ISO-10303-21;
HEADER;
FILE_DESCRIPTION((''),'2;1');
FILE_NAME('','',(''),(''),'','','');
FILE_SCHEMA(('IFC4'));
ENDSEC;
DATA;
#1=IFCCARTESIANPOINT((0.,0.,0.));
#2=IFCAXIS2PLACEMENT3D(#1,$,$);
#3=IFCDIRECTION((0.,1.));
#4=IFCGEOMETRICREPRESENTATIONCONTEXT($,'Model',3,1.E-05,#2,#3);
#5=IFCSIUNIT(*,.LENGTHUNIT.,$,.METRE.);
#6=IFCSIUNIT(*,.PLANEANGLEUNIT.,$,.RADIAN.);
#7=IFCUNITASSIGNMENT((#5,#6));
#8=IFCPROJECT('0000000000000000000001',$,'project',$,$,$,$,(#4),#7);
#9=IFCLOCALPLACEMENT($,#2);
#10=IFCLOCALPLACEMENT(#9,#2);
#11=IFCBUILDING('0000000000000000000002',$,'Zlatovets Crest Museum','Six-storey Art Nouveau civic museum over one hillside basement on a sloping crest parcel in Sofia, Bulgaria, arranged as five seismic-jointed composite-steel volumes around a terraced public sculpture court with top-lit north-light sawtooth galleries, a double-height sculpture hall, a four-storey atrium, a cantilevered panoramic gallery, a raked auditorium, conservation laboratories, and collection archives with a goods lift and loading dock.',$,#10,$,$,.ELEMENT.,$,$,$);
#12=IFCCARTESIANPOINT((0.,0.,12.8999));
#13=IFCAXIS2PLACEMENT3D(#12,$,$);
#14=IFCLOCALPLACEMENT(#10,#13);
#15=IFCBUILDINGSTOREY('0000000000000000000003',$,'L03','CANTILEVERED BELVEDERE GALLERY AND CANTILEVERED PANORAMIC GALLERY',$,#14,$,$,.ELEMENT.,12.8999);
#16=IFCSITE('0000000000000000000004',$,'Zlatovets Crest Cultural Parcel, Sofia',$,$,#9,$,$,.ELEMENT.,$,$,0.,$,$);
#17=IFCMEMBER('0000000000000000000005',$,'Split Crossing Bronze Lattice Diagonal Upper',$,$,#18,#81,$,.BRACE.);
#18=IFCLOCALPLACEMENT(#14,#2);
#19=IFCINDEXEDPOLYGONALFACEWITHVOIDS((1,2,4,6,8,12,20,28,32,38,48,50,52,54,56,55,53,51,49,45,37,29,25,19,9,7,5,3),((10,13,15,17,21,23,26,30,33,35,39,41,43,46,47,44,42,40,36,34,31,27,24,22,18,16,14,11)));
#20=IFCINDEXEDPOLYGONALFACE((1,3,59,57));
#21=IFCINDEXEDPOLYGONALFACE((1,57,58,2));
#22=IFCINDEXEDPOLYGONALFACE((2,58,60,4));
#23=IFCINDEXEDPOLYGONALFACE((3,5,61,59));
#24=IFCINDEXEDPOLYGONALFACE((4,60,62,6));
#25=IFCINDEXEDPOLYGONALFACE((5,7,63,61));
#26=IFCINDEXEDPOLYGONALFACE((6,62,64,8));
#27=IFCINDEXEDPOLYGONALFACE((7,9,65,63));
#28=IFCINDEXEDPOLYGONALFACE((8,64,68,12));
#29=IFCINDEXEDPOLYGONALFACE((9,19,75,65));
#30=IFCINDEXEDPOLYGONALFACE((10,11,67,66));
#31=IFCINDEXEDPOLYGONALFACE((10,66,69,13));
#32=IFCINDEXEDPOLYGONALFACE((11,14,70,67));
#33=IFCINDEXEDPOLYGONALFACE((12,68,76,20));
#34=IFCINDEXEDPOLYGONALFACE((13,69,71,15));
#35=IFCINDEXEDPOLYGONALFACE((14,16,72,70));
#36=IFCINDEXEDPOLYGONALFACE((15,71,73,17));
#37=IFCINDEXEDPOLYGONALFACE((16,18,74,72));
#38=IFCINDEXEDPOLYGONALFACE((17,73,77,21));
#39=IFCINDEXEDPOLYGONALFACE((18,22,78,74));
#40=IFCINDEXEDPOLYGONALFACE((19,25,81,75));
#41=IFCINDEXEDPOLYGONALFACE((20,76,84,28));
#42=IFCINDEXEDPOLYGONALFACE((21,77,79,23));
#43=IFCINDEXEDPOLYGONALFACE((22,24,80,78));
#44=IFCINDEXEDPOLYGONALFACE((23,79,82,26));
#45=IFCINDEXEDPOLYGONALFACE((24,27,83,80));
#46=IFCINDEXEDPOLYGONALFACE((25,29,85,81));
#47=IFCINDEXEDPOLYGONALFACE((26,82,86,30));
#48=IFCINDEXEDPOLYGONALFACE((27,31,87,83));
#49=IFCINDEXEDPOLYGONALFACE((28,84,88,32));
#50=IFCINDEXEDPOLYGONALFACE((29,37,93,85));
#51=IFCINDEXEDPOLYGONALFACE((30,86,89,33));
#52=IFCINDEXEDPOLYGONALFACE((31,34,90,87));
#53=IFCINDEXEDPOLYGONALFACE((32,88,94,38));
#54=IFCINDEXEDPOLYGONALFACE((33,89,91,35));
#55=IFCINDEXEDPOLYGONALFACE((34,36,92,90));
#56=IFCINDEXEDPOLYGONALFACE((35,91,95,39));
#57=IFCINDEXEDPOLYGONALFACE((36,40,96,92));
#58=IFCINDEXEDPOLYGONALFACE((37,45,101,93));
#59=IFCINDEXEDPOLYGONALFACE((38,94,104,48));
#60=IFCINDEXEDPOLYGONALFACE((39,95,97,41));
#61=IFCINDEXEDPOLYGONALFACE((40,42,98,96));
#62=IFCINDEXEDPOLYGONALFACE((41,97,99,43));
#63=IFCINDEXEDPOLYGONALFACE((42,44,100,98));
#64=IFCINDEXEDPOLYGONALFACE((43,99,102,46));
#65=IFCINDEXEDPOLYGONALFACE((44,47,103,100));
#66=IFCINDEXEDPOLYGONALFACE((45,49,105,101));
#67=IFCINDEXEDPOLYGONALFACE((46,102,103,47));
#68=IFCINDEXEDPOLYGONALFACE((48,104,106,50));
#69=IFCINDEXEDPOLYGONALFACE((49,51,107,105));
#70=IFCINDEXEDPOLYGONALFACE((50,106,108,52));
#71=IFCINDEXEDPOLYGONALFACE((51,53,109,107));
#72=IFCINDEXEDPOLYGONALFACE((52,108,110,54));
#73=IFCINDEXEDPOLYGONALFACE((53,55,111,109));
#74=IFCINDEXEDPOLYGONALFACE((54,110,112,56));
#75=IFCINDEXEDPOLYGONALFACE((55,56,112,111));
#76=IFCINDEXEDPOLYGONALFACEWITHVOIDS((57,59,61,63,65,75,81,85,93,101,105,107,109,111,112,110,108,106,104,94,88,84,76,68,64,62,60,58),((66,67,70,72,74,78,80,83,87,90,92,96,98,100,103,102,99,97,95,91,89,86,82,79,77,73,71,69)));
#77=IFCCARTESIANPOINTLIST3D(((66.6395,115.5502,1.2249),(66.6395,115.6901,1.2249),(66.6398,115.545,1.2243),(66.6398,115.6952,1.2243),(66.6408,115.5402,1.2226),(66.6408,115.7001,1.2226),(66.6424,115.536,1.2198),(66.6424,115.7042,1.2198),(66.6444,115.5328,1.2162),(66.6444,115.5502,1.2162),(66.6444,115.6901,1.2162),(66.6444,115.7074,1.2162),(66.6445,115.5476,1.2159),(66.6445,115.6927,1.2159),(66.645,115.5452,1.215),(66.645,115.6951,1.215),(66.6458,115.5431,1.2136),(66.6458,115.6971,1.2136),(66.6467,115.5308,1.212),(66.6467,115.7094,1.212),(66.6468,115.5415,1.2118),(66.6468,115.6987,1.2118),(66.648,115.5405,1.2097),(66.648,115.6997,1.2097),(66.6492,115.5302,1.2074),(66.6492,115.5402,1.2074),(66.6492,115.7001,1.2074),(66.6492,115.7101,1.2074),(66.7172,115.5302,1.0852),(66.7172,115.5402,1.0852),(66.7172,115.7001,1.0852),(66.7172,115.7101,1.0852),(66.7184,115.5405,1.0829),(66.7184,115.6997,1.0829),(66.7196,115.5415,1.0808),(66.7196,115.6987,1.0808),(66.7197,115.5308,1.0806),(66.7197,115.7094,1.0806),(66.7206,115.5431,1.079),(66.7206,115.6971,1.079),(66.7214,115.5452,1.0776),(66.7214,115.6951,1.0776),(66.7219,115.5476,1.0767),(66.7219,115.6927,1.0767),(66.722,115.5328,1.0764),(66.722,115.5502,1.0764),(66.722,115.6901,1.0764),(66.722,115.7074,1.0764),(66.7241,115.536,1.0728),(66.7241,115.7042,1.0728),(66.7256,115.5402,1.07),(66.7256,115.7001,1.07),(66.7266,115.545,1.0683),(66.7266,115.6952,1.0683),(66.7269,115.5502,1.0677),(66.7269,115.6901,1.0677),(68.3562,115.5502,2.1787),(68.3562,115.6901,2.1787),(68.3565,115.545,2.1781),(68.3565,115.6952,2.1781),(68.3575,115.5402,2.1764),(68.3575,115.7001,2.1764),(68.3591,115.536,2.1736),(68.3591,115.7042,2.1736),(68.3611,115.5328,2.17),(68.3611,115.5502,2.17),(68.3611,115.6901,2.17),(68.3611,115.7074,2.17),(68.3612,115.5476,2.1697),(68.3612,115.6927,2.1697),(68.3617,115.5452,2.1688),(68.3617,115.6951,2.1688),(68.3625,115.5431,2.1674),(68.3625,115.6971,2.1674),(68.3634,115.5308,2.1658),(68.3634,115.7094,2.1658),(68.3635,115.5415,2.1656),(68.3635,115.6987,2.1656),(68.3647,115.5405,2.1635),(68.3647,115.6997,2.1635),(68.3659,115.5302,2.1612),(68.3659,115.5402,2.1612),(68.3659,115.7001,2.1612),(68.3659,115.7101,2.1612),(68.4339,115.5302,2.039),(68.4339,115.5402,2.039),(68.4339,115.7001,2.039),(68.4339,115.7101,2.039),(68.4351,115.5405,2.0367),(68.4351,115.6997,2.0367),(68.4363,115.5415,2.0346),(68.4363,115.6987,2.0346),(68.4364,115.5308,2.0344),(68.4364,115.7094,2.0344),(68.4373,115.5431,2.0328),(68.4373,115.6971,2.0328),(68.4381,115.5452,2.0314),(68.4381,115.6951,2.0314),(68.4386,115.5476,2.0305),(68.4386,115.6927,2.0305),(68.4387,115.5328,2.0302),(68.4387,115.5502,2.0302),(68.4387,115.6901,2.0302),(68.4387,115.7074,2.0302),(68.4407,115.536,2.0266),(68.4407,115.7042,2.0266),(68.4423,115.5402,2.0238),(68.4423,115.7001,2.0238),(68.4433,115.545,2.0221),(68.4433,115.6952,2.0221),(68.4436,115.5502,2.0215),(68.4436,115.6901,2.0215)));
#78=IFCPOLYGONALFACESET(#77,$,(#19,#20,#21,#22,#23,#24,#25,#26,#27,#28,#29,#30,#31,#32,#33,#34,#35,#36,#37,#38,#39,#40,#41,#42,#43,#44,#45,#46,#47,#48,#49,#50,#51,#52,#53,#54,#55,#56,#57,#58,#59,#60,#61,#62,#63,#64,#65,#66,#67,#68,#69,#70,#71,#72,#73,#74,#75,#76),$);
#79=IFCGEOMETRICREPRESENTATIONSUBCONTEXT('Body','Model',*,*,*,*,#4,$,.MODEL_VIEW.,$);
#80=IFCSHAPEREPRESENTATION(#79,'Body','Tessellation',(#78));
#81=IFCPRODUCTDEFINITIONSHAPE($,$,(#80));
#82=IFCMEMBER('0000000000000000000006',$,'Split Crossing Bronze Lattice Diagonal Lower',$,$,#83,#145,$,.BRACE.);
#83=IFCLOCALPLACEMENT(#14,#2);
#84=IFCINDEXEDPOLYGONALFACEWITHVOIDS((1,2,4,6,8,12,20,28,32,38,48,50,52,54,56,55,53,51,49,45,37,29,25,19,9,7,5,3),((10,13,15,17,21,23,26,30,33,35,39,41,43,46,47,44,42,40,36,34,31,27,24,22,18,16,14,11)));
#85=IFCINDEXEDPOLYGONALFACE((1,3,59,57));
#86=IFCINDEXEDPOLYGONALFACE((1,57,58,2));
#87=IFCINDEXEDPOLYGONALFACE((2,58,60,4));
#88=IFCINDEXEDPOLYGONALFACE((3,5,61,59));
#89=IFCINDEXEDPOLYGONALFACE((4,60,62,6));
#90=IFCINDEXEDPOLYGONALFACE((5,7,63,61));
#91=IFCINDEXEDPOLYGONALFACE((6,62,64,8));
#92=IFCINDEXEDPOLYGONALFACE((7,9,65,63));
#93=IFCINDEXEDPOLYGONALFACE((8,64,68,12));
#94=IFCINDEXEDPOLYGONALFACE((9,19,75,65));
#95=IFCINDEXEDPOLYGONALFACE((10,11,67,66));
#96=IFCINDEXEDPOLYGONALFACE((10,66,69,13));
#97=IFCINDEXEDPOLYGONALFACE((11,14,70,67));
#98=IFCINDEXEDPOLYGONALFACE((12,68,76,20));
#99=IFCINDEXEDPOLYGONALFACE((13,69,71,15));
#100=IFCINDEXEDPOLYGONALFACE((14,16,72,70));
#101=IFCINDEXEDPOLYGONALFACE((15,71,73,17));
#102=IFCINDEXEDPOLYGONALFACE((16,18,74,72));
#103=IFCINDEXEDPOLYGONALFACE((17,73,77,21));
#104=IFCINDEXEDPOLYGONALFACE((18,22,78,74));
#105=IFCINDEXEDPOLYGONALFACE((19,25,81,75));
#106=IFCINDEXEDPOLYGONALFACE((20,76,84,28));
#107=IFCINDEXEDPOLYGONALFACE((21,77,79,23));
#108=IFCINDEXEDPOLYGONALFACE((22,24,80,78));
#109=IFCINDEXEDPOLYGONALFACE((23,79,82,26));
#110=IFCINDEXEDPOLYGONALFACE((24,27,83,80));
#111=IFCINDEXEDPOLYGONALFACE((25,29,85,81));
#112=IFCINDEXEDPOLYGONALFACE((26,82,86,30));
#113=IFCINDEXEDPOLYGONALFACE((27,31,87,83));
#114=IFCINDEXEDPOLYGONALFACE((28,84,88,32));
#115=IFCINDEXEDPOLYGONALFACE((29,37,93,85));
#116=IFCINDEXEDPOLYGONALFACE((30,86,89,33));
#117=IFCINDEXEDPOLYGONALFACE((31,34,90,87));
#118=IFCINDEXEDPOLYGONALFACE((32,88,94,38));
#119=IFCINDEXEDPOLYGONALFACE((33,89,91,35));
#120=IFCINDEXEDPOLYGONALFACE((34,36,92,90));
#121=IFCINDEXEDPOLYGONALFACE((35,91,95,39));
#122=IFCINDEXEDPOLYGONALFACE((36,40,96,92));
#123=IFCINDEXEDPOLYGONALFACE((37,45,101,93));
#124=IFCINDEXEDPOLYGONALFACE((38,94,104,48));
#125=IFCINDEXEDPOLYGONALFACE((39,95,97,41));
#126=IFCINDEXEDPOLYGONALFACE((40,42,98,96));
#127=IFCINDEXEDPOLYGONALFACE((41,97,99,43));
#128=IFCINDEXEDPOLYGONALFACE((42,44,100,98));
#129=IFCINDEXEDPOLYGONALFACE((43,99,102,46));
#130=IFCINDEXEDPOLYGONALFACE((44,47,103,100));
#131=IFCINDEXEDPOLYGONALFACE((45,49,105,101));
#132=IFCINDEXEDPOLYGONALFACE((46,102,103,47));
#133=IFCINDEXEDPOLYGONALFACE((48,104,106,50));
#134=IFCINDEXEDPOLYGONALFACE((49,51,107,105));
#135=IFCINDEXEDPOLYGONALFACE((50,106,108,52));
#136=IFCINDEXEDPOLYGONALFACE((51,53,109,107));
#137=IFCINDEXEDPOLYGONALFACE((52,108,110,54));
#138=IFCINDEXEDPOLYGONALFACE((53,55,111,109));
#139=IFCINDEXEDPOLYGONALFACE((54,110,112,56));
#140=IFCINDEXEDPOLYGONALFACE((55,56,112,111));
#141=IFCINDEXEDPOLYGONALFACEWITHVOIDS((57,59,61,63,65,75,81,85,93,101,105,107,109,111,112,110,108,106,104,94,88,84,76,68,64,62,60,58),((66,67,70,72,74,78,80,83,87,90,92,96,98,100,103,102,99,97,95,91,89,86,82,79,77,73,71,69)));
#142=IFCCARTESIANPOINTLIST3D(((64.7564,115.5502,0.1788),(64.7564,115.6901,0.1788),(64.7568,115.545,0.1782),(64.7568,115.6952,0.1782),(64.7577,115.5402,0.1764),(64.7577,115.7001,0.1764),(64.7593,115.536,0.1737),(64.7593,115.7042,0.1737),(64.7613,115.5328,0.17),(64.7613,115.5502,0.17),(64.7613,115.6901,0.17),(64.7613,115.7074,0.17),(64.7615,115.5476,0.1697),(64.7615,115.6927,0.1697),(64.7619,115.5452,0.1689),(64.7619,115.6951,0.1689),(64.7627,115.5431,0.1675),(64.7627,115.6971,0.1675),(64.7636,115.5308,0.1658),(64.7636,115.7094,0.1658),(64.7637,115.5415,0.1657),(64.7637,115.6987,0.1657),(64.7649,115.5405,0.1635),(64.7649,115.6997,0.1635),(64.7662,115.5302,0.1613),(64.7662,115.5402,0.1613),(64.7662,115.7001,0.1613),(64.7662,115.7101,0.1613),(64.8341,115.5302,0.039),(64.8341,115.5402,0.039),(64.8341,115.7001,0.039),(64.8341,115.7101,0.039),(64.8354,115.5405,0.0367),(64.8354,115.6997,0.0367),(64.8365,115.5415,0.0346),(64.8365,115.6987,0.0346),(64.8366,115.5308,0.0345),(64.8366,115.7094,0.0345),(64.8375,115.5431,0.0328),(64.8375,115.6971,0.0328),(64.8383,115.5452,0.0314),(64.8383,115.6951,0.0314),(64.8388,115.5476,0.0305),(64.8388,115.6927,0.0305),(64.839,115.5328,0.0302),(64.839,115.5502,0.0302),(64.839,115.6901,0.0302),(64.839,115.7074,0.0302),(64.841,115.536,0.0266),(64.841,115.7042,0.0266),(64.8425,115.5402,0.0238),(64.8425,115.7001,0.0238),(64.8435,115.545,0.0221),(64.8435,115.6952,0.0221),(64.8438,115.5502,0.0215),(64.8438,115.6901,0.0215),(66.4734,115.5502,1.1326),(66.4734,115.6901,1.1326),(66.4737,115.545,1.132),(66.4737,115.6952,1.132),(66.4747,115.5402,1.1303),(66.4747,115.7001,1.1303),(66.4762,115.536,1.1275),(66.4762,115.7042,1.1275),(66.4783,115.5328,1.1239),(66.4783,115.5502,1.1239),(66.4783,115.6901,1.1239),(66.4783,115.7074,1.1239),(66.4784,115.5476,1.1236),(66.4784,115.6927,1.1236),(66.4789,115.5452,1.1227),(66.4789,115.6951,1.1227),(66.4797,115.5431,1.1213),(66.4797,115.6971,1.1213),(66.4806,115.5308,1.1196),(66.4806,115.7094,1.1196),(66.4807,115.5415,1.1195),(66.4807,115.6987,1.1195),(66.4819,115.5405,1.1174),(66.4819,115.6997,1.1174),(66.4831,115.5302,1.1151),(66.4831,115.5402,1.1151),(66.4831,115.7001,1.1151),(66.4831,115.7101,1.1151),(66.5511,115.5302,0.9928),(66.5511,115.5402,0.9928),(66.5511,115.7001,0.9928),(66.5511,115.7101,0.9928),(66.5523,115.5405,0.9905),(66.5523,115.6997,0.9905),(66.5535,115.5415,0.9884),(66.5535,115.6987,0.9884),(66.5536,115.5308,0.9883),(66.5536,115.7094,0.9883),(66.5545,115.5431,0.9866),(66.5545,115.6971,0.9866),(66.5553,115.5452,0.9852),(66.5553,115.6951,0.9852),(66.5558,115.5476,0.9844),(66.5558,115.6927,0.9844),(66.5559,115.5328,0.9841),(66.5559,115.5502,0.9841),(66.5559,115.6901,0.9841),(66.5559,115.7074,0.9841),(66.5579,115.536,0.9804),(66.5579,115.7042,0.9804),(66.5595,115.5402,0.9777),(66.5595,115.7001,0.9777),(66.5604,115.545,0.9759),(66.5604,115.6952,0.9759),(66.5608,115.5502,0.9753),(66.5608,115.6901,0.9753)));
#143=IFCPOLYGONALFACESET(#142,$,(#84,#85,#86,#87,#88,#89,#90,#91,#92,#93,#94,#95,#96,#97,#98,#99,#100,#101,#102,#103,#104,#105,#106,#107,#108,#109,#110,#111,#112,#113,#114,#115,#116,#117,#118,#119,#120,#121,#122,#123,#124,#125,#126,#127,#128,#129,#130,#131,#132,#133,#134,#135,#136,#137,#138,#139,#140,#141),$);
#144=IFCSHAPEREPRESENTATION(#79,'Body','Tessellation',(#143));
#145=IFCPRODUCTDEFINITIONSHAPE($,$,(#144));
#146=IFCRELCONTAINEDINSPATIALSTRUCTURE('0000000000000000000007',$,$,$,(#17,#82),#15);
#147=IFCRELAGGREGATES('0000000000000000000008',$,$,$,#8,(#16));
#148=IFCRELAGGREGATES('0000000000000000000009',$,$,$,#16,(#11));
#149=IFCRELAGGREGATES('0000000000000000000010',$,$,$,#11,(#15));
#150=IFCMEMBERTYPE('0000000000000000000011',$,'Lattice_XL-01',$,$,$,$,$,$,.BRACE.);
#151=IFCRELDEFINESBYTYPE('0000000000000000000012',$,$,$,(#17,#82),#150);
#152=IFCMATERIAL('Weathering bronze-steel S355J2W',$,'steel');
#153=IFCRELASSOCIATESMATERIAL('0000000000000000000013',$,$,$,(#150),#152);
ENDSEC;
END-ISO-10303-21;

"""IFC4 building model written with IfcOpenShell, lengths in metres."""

from ifc_helpers import new_model, si_unit, direction, frame, origin, origin_2d, place, context, subcontext, project, spatial, hollow_rectangle, extrude, material, material_profile, profile_set, type_object, element, save


model = new_model("IFC4")

# Units and contexts
model_context = context("Model", 3, precision=1e-05, world=origin(), true_north=direction((0.0, 1.0)))
body_context = subcontext(model_context, "Body", "Model", "MODEL_VIEW")
ifc_project = project(units=[si_unit("LENGTHUNIT", "METRE"), si_unit("PLANEANGLEUNIT", "RADIAN")], contexts=[model_context])

# Site, building, storey
site_placement = place(None, origin())
site = spatial("IfcSite", under=ifc_project, at=site_placement, Name="Zlatovets Crest Cultural Parcel, Sofia", CompositionType="ELEMENT", RefElevation=0.0)
building_placement = place(site_placement, origin())
building = spatial("IfcBuilding", under=site, at=building_placement, Name="Zlatovets Crest Museum", Description="Six-storey Art Nouveau civic museum over one hillside basement on a sloping crest parcel in Sofia, Bulgaria, arranged as five seismic-jointed composite-steel volumes around a terraced public sculpture court with top-lit north-light sawtooth galleries, a double-height sculpture hall, a four-storey atrium, a cantilevered panoramic gallery, a raked auditorium, conservation laboratories, and collection archives with a goods lift and loading dock.", CompositionType="ELEMENT")
storey_placement = place(building_placement, frame((0.0, 0.0, 12.8999)))
storey = spatial("IfcBuildingStorey", under=building, at=storey_placement, Name="L03", Description="CANTILEVERED BELVEDERE GALLERY AND CANTILEVERED PANORAMIC GALLERY", CompositionType="ELEMENT", Elevation=12.8999)

# Members
ifc_material_1 = material(Name="Weathering bronze-steel S355J2W", Category="steel")
ifc_material_profile_1 = material_profile(ifc_material_1, hollow_rectangle(XDim=0.1799, YDim=0.1799, WallThickness=0.01, InnerFilletRadius=0.01, OuterFilletRadius=0.02, at=origin_2d()), Name="SHS 180x180x10.0")
ifc_profile_set_1 = profile_set([ifc_material_profile_1], Name="Weathering bronze-steel S355J2W")
member_type_1 = type_object("IfcMemberType", Name="Lattice_XL-01", PredefinedType="BRACE", material=ifc_profile_set_1)
member_1_placement = place(storey_placement, frame((68.3999, 115.6201, 2.1001), z_axis=(-0.87414, 0.0, -0.485675), x_axis=(0.0, -1.0, 0.0)))
element("IfcMember", 1, at=member_1_placement, inside=storey, type_object=member_type_1, Name="Split Crossing Bronze Lattice Diagonal Upper", PredefinedType="BRACE", context=body_context, shape_type="SweptSolid", body=[
    extrude(hollow_rectangle(XDim=0.1799, YDim=0.1799, WallThickness=0.01, InnerFilletRadius=0.01, OuterFilletRadius=0.02, at=origin_2d()), origin(), (0.0, 0.0, 1.0), 1.9639),
])
for number, where, z_axis, x_axis, name in (
    (2, (66.5171, 115.6201, 1.054), (-0.874169, 0.0, -0.485622), (0.0, -1.0, 0.0), "Split Crossing Bronze Lattice Diagonal Lower"),
):
    element("IfcMember", number, at=place(storey_placement, frame(where, z_axis=z_axis, x_axis=x_axis)), inside=storey, type_object=member_type_1, Name=name, PredefinedType="BRACE", context=body_context, shape_type="SweptSolid", body=[
        extrude(hollow_rectangle(XDim=0.1799, YDim=0.1799, WallThickness=0.01, InnerFilletRadius=0.01, OuterFilletRadius=0.02, at=origin_2d()), origin(), (0.0, 0.0, 1.0), 1.9641),
    ])

save(model, "model.ifc")
